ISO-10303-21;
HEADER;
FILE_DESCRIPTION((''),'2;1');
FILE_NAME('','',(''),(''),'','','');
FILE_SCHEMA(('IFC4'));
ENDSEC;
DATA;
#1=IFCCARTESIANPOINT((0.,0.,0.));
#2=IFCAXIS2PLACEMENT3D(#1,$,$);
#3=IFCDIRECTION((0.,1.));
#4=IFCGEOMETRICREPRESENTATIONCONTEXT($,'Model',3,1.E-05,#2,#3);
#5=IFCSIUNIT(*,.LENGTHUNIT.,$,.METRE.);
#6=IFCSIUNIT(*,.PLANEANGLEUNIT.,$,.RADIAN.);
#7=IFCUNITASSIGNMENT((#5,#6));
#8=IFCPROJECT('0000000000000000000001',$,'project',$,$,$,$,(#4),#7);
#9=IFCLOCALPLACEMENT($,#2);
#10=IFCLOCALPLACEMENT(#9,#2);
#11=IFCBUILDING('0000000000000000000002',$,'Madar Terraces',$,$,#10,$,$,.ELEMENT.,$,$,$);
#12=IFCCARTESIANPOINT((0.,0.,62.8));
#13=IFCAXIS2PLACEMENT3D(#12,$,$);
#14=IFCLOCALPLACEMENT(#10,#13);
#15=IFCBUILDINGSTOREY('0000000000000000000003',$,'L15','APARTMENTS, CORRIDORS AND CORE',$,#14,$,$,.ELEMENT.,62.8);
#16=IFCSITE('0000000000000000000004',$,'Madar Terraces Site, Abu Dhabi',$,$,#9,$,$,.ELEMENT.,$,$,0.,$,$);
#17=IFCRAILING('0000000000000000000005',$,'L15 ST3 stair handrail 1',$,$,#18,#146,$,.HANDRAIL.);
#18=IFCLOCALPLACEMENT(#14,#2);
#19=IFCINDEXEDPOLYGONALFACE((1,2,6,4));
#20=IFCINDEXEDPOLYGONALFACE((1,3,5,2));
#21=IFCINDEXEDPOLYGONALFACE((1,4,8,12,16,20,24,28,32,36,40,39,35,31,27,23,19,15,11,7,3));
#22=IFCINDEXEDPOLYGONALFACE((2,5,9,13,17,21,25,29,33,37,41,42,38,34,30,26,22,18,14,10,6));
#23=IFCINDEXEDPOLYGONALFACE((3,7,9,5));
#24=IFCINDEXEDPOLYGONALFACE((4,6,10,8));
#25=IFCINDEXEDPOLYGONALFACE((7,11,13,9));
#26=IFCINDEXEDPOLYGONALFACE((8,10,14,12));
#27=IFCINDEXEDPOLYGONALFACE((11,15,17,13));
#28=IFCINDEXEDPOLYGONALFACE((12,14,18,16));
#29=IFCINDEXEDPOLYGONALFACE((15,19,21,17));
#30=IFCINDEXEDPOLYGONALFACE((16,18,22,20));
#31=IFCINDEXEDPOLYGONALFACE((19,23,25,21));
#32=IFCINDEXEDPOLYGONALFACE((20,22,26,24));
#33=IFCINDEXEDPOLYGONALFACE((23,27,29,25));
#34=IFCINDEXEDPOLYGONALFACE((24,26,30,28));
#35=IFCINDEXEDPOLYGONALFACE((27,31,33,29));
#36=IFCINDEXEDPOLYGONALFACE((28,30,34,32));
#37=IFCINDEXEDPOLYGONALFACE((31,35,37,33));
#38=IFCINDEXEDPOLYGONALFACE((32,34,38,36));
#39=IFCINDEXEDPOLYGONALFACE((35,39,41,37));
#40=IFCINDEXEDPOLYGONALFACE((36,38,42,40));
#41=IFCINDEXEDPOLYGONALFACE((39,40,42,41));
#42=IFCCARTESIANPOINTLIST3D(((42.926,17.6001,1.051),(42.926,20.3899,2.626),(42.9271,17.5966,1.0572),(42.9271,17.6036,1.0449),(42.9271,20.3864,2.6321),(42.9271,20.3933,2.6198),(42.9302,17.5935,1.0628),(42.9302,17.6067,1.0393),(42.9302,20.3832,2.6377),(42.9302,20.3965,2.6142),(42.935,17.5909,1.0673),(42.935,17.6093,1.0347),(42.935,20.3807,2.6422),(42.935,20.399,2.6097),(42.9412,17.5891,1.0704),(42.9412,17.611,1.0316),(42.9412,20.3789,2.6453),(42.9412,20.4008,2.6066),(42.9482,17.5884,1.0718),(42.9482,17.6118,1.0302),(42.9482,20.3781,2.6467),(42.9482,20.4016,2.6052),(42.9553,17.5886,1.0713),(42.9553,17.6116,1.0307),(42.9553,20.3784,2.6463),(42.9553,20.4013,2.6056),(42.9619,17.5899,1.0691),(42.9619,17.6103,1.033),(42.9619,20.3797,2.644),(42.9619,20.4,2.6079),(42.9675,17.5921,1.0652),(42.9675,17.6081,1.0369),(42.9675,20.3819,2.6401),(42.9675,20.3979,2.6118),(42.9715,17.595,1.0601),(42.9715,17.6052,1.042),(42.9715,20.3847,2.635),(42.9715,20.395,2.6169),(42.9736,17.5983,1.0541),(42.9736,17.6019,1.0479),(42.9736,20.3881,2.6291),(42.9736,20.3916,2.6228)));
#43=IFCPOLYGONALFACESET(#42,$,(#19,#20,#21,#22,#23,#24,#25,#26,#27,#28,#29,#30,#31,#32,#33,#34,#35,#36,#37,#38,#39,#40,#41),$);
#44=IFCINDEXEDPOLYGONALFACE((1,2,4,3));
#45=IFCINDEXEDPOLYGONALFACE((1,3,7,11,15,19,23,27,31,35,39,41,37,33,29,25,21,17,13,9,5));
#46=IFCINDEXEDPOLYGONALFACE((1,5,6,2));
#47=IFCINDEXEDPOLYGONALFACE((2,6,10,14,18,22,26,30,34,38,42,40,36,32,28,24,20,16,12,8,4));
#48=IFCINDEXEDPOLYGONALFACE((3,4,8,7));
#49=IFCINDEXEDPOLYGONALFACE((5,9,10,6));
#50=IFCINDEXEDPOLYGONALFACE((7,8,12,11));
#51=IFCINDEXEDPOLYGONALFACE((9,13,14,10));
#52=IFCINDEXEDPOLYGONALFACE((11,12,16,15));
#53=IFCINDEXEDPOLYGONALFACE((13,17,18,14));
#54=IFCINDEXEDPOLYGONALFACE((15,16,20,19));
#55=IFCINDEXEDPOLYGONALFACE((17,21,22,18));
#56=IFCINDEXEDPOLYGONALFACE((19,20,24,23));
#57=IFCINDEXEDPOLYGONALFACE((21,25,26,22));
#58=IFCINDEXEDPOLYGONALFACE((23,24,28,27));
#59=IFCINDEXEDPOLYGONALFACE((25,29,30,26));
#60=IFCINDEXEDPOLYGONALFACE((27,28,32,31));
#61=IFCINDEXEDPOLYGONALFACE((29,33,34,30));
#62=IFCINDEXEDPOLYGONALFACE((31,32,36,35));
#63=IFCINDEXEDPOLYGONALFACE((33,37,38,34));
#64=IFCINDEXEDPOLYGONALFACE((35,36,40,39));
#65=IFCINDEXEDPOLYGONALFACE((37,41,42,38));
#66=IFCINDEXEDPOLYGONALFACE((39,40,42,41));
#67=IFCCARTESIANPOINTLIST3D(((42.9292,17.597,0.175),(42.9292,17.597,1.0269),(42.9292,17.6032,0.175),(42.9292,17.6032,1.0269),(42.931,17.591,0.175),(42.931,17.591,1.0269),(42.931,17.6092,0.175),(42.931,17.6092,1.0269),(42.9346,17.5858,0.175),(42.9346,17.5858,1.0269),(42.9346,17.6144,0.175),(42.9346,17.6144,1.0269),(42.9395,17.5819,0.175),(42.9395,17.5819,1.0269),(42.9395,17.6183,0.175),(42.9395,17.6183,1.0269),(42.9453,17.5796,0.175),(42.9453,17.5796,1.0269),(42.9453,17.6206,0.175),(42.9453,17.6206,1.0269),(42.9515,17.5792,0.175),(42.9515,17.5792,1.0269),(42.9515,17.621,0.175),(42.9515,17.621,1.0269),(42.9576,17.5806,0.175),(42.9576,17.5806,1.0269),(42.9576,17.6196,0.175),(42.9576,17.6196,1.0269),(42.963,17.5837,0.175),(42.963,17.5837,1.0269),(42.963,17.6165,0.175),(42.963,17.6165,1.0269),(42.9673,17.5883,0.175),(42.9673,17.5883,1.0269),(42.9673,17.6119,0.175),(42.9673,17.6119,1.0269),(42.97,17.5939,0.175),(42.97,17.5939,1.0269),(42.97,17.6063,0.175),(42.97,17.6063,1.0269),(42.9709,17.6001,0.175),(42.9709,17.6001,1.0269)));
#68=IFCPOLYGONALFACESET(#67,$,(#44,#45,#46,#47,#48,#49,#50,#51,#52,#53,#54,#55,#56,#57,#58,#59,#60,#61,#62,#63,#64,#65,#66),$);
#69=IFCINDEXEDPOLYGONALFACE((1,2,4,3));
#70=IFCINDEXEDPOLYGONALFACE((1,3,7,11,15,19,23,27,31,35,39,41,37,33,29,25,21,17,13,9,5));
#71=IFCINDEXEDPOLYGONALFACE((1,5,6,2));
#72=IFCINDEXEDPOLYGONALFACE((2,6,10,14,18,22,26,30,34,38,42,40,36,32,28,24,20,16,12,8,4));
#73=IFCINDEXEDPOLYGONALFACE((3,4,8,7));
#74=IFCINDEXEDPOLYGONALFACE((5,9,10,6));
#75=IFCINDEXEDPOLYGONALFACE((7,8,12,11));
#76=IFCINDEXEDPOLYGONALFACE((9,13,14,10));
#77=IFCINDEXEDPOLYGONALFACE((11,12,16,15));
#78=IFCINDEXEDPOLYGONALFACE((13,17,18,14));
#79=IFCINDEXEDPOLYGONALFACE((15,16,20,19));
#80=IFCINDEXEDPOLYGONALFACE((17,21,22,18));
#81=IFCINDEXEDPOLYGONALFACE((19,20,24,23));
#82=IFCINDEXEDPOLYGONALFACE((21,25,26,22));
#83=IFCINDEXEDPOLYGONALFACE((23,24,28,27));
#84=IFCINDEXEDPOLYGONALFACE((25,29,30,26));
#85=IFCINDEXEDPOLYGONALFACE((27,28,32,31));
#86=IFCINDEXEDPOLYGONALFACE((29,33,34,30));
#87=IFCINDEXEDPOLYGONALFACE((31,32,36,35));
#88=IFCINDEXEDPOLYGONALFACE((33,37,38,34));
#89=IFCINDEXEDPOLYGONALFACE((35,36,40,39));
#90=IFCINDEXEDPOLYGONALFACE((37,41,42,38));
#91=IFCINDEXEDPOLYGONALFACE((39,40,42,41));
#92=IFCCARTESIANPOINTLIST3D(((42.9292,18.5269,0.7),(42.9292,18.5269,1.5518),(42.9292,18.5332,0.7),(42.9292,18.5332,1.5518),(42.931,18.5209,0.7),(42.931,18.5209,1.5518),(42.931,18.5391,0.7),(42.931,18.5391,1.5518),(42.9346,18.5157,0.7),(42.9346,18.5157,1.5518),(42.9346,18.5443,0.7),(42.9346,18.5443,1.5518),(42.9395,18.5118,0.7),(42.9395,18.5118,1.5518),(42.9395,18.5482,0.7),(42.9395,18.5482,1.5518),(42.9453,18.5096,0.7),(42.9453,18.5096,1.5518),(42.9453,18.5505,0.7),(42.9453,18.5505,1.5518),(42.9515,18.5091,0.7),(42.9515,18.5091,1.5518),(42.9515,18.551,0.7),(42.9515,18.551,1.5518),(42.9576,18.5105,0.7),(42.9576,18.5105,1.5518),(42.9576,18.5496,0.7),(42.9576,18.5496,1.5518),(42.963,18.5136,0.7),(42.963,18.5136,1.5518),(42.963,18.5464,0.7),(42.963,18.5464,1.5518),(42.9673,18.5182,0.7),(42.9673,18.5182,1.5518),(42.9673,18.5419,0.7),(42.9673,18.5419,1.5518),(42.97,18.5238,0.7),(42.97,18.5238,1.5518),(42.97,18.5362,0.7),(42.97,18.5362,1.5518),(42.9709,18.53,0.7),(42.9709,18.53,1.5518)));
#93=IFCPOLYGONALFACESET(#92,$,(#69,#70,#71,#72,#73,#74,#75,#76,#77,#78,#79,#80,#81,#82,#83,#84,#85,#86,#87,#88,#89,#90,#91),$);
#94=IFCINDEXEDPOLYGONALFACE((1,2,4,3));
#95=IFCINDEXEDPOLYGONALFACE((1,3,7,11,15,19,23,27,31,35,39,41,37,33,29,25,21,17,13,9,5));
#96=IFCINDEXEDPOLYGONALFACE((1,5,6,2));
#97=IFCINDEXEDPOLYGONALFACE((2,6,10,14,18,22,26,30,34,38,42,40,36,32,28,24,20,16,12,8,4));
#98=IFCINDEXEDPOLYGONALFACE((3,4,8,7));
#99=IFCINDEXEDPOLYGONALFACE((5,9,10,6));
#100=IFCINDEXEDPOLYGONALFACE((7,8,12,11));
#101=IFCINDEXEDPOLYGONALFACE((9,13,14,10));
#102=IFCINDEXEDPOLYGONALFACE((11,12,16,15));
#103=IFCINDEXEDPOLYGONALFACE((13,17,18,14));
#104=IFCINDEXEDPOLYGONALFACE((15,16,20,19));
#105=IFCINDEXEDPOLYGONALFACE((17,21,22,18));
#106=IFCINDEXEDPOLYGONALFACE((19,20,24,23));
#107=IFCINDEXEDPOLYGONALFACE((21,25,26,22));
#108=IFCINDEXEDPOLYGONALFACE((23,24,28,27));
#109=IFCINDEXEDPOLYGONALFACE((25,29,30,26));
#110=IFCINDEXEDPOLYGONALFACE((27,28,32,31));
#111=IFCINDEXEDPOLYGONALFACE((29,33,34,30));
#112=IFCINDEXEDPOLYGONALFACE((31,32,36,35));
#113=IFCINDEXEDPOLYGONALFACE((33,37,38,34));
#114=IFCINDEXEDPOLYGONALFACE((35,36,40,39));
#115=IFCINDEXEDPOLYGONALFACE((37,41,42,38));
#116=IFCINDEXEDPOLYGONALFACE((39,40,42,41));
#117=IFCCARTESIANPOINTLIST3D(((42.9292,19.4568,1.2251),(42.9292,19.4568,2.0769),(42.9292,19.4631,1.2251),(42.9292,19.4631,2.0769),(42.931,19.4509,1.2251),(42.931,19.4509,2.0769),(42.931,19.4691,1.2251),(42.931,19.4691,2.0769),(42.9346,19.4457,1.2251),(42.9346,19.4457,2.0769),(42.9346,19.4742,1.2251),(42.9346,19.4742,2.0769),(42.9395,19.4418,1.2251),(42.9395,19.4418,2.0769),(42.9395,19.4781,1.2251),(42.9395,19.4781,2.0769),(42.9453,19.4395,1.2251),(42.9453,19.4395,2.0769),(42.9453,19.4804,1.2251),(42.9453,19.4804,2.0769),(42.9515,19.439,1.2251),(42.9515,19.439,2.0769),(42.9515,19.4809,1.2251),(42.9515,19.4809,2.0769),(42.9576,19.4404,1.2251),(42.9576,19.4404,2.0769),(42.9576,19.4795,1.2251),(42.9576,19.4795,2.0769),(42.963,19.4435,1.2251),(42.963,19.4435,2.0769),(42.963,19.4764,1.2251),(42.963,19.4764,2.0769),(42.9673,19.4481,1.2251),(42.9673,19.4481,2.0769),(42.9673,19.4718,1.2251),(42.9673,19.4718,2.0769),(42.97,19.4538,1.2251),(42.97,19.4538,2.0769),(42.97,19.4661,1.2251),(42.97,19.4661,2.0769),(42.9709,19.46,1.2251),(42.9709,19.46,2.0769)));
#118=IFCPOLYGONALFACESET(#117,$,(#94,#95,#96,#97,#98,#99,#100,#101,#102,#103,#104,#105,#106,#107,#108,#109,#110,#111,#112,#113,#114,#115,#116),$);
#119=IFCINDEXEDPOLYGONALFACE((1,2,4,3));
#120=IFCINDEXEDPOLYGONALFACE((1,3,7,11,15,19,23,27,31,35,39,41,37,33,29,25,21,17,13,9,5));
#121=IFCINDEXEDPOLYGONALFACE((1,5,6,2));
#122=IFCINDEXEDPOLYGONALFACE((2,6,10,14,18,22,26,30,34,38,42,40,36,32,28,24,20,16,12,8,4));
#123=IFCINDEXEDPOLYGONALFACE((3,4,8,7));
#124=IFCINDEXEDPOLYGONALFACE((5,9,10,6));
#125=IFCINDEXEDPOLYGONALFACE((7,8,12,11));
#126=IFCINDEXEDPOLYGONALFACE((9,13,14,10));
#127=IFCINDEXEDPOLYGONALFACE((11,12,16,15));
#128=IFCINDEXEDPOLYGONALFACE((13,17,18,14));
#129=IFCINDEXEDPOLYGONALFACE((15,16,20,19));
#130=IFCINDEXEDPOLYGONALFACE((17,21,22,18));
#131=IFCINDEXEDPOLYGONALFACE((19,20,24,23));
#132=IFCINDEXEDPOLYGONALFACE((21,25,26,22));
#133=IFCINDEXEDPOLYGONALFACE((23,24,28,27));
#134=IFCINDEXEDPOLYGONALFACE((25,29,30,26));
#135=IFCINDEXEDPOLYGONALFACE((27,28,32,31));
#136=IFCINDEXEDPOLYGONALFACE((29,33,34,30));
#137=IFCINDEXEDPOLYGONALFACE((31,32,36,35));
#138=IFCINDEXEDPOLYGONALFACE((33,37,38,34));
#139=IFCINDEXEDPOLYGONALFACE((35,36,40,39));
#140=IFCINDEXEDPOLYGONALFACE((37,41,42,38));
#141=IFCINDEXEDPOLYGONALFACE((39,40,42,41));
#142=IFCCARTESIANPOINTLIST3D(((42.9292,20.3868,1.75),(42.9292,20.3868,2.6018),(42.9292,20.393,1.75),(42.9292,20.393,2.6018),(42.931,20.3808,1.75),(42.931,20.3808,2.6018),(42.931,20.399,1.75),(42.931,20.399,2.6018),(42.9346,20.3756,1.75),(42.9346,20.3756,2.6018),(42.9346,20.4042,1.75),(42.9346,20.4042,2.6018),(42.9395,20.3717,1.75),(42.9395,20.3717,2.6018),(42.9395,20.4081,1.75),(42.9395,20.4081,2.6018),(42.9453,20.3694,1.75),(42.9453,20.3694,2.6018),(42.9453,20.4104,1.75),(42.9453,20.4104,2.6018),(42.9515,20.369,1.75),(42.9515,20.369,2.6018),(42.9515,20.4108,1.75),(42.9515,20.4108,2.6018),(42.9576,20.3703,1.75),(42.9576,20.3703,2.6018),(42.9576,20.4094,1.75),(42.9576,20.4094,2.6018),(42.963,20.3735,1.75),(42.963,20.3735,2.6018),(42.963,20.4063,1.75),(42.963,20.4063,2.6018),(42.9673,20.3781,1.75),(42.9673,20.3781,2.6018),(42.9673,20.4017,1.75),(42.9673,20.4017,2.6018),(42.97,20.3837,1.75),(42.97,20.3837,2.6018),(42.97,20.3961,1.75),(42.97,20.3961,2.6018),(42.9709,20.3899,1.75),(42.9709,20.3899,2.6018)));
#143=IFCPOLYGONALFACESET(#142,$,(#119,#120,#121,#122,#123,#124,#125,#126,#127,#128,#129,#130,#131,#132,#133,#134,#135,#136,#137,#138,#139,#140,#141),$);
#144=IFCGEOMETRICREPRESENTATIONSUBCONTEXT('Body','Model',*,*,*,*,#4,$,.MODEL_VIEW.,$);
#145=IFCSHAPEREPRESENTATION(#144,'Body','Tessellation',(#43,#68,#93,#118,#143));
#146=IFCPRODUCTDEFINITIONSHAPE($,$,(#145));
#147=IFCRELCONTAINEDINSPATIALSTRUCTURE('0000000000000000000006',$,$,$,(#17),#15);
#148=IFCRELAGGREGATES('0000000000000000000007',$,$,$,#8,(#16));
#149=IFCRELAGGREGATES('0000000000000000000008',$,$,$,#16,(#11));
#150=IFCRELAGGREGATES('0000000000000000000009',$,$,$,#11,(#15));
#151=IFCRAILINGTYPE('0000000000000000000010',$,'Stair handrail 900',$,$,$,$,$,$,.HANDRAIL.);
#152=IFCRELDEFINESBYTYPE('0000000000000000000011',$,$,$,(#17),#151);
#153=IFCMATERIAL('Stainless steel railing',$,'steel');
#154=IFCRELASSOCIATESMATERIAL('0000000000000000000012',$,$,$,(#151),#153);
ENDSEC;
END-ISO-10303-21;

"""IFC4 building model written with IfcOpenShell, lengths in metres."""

from ifc_helpers import new_model, si_unit, direction, frame, origin, origin_2d, place, context, subcontext, project, spatial, circle, extrude, material, type_object, element, save


model = new_model("IFC4")

# Units and contexts
model_context = context("Model", 3, precision=1e-05, world=origin(), true_north=direction((0.0, 1.0)))
body_context = subcontext(model_context, "Body", "Model", "MODEL_VIEW")
ifc_project = project(units=[si_unit("LENGTHUNIT", "METRE"), si_unit("PLANEANGLEUNIT", "RADIAN")], contexts=[model_context])

# Site, building, storey
site_placement = place(None, origin())
site = spatial("IfcSite", under=ifc_project, at=site_placement, Name="Madar Terraces Site, Abu Dhabi", CompositionType="ELEMENT", RefElevation=0.0)
building_placement = place(site_placement, origin())
building = spatial("IfcBuilding", under=site, at=building_placement, Name="Madar Terraces", CompositionType="ELEMENT")
storey_placement = place(building_placement, frame((0.0, 0.0, 62.8)))
storey = spatial("IfcBuildingStorey", under=building, at=storey_placement, Name="L15", Description="APARTMENTS, CORRIDORS AND CORE", CompositionType="ELEMENT", Elevation=62.8)

# Railing
ifc_material_1 = material(Name="Stainless steel railing", Category="steel")
railing_type_1 = type_object("IfcRailingType", Name="Stair handrail 900", PredefinedType="HANDRAIL", material=ifc_material_1)
railing_1_placement = place(storey_placement, frame((42.95, 17.6001, 0.175)))
element("IfcRailing", 1, at=railing_1_placement, inside=storey, type_object=railing_type_1, Name="L15 ST3 stair handrail 1", PredefinedType="HANDRAIL", context=body_context, shape_type="SweptSolid", body=[
    extrude(circle(Radius=0.0239, at=origin_2d()), frame((0.0, 0.0, 0.876), z_axis=(0.0, 0.870815, 0.49161), x_axis=(-1.0, 0.0, 0.0)), (0.0, 0.0, 1.0), 3.2036),
    extrude(circle(Radius=0.021, at=origin_2d()), origin(), (0.0, 0.0, 1.0), 0.8518),
    extrude(circle(Radius=0.021, at=origin_2d()), frame((0.0, 0.9299, 0.5249)), (0.0, 0.0, 1.0), 0.8518),
    extrude(circle(Radius=0.021, at=origin_2d()), frame((0.0, 1.8599, 1.05)), (0.0, 0.0, 1.0), 0.8518),
    extrude(circle(Radius=0.021, at=origin_2d()), frame((0.0, 2.7898, 1.575)), (0.0, 0.0, 1.0), 0.8518),
])

save(model, "model.ifc")
